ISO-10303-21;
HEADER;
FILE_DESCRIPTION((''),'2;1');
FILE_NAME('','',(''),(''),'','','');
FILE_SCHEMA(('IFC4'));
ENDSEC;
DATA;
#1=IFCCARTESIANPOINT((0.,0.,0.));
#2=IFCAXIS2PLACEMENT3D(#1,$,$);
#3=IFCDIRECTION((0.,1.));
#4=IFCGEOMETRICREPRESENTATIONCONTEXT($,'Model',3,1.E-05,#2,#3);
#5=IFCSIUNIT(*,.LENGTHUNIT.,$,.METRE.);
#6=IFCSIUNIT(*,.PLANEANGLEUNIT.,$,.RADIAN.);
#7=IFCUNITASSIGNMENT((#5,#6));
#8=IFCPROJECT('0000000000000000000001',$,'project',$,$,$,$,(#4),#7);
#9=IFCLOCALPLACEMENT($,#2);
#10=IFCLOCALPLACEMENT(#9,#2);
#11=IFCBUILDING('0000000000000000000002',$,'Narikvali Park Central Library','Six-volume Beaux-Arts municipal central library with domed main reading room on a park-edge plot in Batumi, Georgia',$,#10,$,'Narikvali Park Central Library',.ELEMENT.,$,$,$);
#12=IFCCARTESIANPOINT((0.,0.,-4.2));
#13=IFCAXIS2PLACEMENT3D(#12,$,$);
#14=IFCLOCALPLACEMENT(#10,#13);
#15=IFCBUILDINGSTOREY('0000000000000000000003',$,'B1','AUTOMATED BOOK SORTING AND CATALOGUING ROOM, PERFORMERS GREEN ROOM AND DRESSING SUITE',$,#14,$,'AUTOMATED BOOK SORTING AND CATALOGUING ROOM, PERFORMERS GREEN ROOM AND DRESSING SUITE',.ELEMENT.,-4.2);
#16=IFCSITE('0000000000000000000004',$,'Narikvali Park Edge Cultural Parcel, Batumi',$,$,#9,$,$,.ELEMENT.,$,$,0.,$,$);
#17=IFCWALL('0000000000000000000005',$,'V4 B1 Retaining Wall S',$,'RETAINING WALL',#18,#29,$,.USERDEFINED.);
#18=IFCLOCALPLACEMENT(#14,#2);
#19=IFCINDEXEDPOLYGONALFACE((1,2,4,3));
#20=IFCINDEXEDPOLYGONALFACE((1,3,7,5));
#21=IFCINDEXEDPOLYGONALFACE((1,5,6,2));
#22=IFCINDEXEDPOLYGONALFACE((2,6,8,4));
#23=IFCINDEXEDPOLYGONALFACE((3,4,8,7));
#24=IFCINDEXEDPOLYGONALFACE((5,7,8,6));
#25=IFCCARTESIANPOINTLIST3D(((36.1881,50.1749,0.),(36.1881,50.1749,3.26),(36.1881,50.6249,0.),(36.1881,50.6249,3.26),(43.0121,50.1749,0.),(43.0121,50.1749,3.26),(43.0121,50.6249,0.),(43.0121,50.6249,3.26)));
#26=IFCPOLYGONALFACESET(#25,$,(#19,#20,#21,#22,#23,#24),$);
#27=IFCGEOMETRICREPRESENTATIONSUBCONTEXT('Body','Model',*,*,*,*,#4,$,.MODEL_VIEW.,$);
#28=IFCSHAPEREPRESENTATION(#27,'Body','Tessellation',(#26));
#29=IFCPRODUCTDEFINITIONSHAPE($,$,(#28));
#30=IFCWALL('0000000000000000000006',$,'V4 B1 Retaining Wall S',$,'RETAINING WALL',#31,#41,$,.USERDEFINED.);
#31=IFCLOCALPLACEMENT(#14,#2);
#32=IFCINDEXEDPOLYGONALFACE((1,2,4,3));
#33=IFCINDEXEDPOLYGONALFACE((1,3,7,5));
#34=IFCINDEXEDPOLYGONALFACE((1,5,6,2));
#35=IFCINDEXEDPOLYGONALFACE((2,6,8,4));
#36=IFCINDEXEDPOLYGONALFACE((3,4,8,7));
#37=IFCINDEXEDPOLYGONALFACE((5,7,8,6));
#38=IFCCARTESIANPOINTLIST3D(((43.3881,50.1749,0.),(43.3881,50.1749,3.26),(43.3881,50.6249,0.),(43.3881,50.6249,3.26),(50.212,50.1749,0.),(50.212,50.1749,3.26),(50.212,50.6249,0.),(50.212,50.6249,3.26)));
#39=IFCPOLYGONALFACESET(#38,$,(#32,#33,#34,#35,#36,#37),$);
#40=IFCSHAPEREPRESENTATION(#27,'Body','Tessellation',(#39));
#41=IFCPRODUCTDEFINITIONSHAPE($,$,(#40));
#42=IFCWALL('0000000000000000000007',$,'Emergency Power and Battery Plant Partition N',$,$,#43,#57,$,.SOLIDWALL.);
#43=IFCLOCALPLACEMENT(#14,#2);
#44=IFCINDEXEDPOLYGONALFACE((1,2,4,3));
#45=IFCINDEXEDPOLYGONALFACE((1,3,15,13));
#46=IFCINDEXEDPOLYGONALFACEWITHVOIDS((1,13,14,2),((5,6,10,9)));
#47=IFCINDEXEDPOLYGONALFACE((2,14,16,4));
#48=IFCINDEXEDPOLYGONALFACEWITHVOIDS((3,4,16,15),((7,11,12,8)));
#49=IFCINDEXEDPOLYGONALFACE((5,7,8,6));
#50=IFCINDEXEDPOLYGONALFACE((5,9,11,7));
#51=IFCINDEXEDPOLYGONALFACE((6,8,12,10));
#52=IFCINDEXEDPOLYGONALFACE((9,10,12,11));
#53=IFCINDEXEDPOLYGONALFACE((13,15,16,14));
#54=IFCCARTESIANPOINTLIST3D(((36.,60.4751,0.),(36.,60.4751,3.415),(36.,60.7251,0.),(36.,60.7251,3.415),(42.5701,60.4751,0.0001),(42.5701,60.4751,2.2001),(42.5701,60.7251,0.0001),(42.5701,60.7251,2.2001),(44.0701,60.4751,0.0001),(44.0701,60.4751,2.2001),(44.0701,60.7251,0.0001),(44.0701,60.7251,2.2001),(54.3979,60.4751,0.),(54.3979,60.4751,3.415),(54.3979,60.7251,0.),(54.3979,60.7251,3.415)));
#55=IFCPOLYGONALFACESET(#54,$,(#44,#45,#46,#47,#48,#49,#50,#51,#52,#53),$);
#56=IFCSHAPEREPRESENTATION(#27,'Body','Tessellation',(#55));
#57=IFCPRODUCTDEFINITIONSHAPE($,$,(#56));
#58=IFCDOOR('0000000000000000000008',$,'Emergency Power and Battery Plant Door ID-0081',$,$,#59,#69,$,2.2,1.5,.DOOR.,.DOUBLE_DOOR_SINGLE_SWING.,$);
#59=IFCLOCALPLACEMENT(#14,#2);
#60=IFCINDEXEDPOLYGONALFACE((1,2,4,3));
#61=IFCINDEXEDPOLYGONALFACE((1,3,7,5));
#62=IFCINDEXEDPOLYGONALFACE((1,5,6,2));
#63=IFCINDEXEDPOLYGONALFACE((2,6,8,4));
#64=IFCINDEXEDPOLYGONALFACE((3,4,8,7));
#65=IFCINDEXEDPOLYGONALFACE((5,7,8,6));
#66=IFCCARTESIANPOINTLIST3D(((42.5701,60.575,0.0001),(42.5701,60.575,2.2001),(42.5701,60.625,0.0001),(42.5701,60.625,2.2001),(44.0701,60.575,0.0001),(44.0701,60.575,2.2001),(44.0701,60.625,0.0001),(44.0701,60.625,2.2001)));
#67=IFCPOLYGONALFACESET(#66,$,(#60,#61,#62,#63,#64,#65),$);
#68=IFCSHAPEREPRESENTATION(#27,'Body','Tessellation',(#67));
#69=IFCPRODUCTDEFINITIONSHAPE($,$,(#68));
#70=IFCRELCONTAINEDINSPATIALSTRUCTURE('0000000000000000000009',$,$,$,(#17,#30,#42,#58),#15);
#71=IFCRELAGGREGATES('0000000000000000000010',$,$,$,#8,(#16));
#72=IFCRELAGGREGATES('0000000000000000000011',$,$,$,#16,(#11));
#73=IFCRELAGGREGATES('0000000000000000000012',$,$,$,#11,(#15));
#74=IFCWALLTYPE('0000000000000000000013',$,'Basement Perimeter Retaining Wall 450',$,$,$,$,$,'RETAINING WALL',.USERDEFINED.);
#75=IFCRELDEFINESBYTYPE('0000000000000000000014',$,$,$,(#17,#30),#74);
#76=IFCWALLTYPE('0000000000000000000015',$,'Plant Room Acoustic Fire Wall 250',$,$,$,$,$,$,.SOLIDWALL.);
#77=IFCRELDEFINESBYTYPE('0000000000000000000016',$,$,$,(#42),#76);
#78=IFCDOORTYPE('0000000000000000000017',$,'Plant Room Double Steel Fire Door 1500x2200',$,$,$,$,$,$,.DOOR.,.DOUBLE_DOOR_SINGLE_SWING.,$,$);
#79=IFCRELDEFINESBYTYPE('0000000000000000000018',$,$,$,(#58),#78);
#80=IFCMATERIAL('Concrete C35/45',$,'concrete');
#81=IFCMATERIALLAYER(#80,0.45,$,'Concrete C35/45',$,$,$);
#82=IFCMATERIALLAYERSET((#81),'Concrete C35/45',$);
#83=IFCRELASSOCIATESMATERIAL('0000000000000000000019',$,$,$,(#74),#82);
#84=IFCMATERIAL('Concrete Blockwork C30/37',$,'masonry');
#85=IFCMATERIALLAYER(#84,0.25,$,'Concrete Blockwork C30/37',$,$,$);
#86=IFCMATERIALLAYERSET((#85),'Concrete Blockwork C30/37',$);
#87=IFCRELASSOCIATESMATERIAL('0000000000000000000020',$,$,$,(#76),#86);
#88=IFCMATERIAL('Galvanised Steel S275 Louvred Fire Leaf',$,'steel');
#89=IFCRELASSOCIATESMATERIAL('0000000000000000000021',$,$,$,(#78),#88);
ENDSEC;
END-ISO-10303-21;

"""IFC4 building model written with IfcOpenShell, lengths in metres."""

from ifc_helpers import new_model, si_unit, direction, frame, frame_2d, origin, place, context, subcontext, project, spatial, rectangle, extrude, material, layer, layer_set, type_object, element, fill, save


model = new_model("IFC4")

# Units and contexts
model_context = context("Model", 3, precision=1e-05, world=origin(), true_north=direction((0.0, 1.0)))
body_context = subcontext(model_context, "Body", "Model", "MODEL_VIEW")
ifc_project = project(units=[si_unit("LENGTHUNIT", "METRE"), si_unit("PLANEANGLEUNIT", "RADIAN")], contexts=[model_context])

# Site, building, storey
site_placement = place(None, origin())
site = spatial("IfcSite", under=ifc_project, at=site_placement, Name="Narikvali Park Edge Cultural Parcel, Batumi", CompositionType="ELEMENT", RefElevation=0.0)
building_placement = place(site_placement, origin())
building = spatial("IfcBuilding", under=site, at=building_placement, Name="Narikvali Park Central Library", Description="Six-volume Beaux-Arts municipal central library with domed main reading room on a park-edge plot in Batumi, Georgia", LongName="Narikvali Park Central Library", CompositionType="ELEMENT")
storey_placement = place(building_placement, frame((0.0, 0.0, -4.2)))
storey = spatial("IfcBuildingStorey", under=building, at=storey_placement, Name="B1", Description="AUTOMATED BOOK SORTING AND CATALOGUING ROOM, PERFORMERS GREEN ROOM AND DRESSING SUITE", LongName="AUTOMATED BOOK SORTING AND CATALOGUING ROOM, PERFORMERS GREEN ROOM AND DRESSING SUITE", CompositionType="ELEMENT", Elevation=-4.2)

# Shared definitions
ifc_material_1 = material(Name="Concrete C35/45", Category="concrete")

# Walls
ifc_layer_1 = layer(ifc_material_1, 0.45, Name="Concrete C35/45")
ifc_layer_set_1 = layer_set([ifc_layer_1], Name="Concrete C35/45")
wall_type_1 = type_object("IfcWallType", Name="Basement Perimeter Retaining Wall 450", ElementType="RETAINING WALL", PredefinedType="USERDEFINED", material=ifc_layer_set_1)
for number, where, z_axis, x_axis, name in (
    (1, (36.188, 50.3999, 0.0), (0.0, 0.0, 1.0), (1.0, 0.0, 0.0), "V4 B1 Retaining Wall S"),
    (2, (43.3879, 50.3999, 0.0), (0.0, 0.0, 1.0), (1.0, 0.0, 0.0), "V4 B1 Retaining Wall S"),
):
    element("IfcWall", number, at=place(storey_placement, frame(where, z_axis=z_axis, x_axis=x_axis)), inside=storey, type_object=wall_type_1, Name=name, ObjectType="RETAINING WALL", PredefinedType="USERDEFINED", context=body_context, shape_type="SweptSolid", body=[
        extrude(rectangle(XDim=6.824, YDim=0.45, at=frame_2d((3.4121, 0.0))), origin(), (0.0, 0.0, 1.0), 3.26),
    ])

# Wall, opening, door
ifc_material_2 = material(Name="Concrete Blockwork C30/37", Category="masonry")
ifc_layer_2 = layer(ifc_material_2, 0.25, Name="Concrete Blockwork C30/37")
ifc_layer_set_2 = layer_set([ifc_layer_2], Name="Concrete Blockwork C30/37")
wall_type_2 = type_object("IfcWallType", Name="Plant Room Acoustic Fire Wall 250", PredefinedType="SOLIDWALL", material=ifc_layer_set_2)
wall_placement = place(storey_placement, frame((36.0, 60.6001, 0.0), z_axis=(0.0, 0.0, 1.0), x_axis=(1.0, 0.0, 0.0)))
wall = element("IfcWall", 3, at=wall_placement, inside=storey, type_object=wall_type_2, Name="Emergency Power and Battery Plant Partition N", PredefinedType="SOLIDWALL", context=body_context, shape_type="SweptSolid", body=[
    extrude(rectangle(XDim=18.3979, YDim=0.25, at=frame_2d((9.199, 0.0))), origin(), (0.0, 0.0, 1.0), 3.415),
])
opening_placement = place(wall_placement, frame((6.5701, 0.0, 0.0)))
opening = element("IfcOpeningElement", 4, at=opening_placement, cuts=wall, PredefinedType="OPENING", context=body_context, shape_type="SweptSolid", body=[
    extrude(rectangle(XDim=1.5, YDim=2.2, at=frame_2d((0.75, 1.1001))), frame((0.0, 0.137, 0.0), z_axis=(0.0, -1.0, 0.0), x_axis=(1.0, 0.0, 0.0)), (0.0, 0.0, 1.0), 0.2739),
])
ifc_material_3 = material(Name="Galvanised Steel S275 Louvred Fire Leaf", Category="steel")
door_type = type_object("IfcDoorType", Name="Plant Room Double Steel Fire Door 1500x2200", OperationType="DOUBLE_DOOR_SINGLE_SWING", PredefinedType="DOOR", material=ifc_material_3)
door_placement = place(opening_placement, origin())
door = element("IfcDoor", 5, at=door_placement, inside=storey, type_object=door_type, Name="Emergency Power and Battery Plant Door ID-0081", OperationType="DOUBLE_DOOR_SINGLE_SWING", OverallHeight=2.2, OverallWidth=1.5, PredefinedType="DOOR", context=body_context, shape_type="SweptSolid", body=[
    extrude(rectangle(XDim=1.5, YDim=2.2, at=frame_2d((0.75, 1.1001))), frame((0.0, 0.0249, 0.0), z_axis=(0.0, -1.0, 0.0), x_axis=(1.0, 0.0, 0.0)), (0.0, 0.0, 1.0), 0.05),
])
fill(opening, door)

save(model, "model.ifc")
